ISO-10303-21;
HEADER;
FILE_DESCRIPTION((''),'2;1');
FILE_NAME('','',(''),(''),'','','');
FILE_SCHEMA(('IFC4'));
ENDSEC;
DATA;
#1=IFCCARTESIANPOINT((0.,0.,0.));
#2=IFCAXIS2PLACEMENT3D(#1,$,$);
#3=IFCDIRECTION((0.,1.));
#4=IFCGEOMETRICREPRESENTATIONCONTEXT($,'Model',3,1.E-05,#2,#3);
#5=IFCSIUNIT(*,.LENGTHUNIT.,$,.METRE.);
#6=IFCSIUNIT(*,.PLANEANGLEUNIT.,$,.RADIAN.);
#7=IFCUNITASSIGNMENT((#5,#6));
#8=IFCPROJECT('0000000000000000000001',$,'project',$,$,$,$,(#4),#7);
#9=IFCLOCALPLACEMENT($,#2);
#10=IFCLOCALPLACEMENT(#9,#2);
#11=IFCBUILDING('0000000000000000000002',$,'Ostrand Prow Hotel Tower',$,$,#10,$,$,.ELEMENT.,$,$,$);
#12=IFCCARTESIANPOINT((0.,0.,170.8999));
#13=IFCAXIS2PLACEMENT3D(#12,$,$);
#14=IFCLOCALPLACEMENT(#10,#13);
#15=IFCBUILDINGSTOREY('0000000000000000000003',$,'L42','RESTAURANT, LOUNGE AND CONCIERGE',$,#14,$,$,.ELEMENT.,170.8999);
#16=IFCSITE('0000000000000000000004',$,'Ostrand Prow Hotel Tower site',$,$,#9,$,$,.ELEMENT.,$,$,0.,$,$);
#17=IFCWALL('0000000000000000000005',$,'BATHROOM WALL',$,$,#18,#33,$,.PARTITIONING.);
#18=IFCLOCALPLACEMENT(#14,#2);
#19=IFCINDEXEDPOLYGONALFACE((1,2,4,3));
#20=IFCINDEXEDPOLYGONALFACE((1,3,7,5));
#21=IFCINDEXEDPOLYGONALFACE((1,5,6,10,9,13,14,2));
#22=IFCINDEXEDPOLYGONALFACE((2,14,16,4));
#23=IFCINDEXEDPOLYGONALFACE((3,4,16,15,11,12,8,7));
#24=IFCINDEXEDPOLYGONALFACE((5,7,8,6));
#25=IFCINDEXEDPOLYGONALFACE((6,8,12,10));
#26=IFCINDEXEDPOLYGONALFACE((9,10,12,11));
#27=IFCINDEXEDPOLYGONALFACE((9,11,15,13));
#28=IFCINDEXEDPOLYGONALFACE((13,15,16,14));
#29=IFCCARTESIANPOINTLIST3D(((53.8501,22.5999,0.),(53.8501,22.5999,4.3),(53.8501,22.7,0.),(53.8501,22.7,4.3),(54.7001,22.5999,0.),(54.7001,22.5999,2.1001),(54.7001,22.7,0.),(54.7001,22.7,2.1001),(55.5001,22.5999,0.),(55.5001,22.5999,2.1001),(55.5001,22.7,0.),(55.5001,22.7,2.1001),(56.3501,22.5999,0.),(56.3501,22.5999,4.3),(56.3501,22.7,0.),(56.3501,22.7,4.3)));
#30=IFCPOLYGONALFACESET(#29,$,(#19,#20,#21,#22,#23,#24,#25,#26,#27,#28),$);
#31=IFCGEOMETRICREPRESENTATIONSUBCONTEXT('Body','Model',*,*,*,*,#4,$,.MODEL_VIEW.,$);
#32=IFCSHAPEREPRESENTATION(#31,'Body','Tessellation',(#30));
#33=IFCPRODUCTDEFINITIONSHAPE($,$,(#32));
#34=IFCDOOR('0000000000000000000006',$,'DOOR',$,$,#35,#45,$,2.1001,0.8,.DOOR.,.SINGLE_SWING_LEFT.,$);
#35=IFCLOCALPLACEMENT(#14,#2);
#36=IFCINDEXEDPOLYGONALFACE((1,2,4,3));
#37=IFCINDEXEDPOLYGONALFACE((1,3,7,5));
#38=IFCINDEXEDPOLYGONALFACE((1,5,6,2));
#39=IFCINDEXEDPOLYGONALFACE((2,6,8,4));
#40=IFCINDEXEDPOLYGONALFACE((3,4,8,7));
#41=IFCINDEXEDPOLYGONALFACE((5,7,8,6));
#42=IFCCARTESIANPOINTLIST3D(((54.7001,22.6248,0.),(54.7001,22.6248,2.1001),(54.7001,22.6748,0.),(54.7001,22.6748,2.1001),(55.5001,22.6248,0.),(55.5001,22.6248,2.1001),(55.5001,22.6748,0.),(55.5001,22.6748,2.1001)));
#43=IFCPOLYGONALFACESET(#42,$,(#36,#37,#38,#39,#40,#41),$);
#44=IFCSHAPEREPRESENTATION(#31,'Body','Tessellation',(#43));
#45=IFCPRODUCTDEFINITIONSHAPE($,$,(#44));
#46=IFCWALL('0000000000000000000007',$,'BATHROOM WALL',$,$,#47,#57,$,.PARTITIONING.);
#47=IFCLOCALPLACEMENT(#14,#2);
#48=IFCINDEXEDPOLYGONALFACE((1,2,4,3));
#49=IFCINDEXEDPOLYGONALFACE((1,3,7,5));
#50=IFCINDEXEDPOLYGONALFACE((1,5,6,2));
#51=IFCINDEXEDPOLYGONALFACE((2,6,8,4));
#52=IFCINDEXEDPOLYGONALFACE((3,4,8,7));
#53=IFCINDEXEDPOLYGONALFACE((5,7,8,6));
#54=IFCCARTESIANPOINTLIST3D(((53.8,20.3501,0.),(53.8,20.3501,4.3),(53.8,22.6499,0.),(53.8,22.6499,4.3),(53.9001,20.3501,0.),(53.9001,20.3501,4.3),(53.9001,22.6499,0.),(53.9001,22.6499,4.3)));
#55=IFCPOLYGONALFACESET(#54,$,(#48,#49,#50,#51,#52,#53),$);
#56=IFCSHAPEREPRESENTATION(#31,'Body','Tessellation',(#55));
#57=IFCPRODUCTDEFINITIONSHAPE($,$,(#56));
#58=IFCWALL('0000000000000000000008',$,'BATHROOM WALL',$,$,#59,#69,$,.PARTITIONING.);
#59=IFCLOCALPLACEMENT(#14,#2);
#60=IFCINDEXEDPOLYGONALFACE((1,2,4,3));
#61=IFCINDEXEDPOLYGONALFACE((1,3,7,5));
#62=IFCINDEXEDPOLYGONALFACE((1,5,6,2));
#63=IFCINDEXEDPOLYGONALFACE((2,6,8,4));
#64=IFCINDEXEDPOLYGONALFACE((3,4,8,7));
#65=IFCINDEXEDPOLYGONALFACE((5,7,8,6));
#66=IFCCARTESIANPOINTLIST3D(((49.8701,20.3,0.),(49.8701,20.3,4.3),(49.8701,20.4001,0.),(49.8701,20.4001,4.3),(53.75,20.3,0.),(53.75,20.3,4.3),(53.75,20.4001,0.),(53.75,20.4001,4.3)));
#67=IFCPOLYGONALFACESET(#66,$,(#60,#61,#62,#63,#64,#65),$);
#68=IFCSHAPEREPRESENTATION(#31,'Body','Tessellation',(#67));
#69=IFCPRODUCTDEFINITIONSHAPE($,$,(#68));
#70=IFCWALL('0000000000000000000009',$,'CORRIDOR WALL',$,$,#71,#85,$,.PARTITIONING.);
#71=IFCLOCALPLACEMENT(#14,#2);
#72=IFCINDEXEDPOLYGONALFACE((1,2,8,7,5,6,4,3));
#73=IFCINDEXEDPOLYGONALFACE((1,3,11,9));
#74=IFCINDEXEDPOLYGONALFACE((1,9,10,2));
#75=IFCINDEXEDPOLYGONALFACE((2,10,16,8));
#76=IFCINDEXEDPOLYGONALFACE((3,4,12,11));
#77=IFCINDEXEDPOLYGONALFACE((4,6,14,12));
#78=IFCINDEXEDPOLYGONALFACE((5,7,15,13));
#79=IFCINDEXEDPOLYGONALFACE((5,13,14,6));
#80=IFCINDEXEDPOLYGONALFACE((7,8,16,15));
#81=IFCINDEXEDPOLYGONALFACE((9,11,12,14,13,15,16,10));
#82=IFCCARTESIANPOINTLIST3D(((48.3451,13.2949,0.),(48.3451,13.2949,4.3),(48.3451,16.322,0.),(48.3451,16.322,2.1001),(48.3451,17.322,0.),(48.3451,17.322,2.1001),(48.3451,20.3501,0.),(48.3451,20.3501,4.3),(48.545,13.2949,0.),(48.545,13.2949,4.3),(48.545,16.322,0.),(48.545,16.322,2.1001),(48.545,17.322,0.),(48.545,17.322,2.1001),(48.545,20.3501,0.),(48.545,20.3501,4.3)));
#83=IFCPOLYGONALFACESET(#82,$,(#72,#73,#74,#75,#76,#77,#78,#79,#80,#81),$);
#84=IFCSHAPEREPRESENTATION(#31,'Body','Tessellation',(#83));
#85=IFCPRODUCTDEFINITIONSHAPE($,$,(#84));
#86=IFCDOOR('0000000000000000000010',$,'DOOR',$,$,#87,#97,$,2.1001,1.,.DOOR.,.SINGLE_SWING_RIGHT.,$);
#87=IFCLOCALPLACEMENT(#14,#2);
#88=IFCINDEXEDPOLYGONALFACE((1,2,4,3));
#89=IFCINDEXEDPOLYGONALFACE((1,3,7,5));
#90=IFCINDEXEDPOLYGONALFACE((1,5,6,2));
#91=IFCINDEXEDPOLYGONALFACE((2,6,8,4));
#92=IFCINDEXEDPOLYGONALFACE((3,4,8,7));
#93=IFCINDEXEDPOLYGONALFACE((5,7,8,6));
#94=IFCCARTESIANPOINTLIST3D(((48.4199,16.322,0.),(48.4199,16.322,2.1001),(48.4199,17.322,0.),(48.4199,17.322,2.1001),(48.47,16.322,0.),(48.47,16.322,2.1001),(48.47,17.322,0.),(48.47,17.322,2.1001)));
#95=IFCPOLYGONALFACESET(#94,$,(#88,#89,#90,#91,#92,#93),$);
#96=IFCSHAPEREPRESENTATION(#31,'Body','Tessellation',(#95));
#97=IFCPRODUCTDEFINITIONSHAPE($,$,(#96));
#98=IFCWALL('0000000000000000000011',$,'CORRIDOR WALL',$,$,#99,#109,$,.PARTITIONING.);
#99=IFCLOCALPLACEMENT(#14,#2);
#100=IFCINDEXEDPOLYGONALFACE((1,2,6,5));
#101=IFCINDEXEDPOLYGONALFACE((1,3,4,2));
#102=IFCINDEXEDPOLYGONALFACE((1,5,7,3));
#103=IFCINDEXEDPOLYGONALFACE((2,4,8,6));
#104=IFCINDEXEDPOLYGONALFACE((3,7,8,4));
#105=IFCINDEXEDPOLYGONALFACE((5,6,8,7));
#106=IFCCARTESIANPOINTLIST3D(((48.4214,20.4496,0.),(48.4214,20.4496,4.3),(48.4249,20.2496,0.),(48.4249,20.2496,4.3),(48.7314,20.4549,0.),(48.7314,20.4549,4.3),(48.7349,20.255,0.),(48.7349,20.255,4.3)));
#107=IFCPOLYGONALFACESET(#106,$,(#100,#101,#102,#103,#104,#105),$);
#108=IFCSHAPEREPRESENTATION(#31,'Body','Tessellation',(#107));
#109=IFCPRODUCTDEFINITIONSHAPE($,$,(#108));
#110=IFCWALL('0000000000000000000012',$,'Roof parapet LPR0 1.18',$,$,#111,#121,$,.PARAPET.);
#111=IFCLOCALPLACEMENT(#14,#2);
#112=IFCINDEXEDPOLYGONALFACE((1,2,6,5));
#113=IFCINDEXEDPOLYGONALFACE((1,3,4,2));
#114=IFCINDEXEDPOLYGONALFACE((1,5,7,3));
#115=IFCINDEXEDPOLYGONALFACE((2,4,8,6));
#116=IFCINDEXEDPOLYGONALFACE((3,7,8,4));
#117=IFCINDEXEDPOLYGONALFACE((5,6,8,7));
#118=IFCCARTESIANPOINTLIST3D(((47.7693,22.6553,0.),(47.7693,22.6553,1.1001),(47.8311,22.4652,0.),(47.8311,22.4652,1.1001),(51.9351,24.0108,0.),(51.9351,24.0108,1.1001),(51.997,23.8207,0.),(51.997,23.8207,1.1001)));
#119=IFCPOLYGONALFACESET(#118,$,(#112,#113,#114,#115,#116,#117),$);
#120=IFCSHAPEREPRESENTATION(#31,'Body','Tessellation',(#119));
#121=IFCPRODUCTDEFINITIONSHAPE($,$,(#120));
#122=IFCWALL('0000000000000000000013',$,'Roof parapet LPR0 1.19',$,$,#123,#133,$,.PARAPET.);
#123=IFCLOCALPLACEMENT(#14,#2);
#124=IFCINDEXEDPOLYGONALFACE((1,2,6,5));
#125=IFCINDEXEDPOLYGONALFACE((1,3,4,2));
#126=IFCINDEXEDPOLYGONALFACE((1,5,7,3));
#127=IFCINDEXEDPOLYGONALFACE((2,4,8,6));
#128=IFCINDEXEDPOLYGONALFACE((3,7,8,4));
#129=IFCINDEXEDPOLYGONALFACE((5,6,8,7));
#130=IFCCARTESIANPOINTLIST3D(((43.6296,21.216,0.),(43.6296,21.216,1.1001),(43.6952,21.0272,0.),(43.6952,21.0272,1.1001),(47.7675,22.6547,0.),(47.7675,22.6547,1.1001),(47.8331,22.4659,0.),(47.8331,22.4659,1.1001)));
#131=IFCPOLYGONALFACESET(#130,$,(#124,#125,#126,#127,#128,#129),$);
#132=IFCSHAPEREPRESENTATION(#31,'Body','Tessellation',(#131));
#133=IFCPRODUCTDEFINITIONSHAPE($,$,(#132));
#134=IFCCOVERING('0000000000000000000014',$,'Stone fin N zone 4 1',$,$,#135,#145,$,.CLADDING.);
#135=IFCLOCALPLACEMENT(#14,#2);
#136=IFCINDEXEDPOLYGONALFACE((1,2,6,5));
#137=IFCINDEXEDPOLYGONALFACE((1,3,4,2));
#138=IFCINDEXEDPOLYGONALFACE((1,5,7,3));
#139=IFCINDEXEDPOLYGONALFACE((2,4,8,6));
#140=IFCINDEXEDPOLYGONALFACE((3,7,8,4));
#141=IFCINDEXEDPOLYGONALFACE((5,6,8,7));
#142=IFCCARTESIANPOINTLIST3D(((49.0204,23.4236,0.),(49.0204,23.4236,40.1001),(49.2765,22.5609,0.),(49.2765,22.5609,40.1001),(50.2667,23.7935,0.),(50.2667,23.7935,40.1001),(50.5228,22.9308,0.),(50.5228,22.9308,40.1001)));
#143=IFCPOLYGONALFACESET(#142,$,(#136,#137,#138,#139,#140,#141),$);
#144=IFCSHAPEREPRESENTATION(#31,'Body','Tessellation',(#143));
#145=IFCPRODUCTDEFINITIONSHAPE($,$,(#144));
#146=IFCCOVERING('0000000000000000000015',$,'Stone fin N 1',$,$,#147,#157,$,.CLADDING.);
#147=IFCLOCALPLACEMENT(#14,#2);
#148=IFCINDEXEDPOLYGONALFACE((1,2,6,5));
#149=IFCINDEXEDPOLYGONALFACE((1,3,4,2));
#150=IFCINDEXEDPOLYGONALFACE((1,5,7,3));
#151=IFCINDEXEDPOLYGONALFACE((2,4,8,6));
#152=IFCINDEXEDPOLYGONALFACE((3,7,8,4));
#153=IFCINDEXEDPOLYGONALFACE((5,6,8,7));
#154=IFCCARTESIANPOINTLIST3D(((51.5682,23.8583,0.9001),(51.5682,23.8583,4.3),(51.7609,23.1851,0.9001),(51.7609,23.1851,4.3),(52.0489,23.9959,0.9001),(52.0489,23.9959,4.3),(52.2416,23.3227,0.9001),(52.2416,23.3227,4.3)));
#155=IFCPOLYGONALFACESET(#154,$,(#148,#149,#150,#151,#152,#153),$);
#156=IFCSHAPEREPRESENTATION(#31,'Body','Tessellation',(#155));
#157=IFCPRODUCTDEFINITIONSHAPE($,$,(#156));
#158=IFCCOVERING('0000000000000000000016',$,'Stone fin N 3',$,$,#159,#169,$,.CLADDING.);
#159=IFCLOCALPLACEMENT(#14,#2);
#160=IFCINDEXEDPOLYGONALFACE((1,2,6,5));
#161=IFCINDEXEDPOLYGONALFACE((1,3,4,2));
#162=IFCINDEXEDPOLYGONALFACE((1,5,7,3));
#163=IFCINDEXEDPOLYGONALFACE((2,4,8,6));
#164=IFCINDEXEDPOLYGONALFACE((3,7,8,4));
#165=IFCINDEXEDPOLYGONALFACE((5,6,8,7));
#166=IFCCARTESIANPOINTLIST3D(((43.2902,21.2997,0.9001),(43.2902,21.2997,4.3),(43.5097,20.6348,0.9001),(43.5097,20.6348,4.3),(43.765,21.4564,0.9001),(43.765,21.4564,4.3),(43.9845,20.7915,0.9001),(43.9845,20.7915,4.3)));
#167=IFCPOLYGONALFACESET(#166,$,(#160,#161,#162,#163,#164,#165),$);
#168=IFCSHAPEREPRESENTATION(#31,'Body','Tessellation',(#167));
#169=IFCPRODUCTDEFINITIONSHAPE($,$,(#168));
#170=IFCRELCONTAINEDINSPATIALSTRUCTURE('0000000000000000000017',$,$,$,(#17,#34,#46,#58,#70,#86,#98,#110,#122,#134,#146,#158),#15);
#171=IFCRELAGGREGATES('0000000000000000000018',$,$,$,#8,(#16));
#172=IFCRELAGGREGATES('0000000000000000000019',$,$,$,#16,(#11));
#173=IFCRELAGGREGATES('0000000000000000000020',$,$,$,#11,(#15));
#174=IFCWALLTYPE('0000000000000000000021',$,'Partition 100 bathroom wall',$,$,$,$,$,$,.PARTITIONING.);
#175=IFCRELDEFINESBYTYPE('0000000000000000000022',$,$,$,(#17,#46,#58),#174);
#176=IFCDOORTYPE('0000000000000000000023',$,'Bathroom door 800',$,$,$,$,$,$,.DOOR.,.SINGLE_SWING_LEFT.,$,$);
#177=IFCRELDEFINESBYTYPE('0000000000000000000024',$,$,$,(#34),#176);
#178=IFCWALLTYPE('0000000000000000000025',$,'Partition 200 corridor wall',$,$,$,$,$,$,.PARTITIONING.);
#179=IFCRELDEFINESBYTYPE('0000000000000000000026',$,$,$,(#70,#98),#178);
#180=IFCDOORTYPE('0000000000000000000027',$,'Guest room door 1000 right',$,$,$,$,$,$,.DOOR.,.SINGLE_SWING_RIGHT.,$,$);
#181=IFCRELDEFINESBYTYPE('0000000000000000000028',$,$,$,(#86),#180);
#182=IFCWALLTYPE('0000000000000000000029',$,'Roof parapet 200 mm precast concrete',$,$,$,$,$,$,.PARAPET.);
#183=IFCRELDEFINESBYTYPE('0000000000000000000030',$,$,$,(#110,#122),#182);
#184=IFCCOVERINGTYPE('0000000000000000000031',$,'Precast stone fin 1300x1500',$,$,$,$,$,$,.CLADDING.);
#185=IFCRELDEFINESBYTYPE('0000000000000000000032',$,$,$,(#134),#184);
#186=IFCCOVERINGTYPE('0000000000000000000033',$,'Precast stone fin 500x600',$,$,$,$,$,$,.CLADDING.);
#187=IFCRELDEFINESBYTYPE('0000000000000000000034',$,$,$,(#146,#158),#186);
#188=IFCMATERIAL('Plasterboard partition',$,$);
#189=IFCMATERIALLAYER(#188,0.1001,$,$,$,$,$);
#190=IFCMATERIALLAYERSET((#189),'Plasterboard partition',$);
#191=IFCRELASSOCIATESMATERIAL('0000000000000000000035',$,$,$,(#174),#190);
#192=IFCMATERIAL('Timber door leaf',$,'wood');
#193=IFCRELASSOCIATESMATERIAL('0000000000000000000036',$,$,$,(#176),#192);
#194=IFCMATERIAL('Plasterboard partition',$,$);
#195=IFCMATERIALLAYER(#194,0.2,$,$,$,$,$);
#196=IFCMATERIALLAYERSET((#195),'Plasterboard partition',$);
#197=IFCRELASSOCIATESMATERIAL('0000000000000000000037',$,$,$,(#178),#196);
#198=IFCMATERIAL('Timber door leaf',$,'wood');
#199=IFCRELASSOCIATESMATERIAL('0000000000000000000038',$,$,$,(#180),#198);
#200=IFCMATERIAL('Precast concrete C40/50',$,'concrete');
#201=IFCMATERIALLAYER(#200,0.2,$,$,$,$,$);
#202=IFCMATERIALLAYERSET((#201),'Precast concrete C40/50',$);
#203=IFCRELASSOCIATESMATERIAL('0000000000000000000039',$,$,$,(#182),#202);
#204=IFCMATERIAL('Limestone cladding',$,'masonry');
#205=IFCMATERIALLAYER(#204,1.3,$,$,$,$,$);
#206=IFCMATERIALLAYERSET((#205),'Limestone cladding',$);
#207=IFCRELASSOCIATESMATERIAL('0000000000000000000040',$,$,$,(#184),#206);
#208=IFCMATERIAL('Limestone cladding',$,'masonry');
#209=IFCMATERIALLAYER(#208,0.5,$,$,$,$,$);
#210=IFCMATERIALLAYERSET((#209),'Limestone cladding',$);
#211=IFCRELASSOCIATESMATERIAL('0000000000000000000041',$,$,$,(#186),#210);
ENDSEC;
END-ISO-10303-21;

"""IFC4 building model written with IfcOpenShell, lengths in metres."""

from ifc_helpers import new_model, si_unit, direction, frame, frame_2d, origin, place, context, subcontext, project, spatial, rectangle, extrude, material, layer, layer_set, type_object, element, fill, save


model = new_model("IFC4")

# Units and contexts
model_context = context("Model", 3, precision=1e-05, world=origin(), true_north=direction((0.0, 1.0)))
body_context = subcontext(model_context, "Body", "Model", "MODEL_VIEW")
ifc_project = project(units=[si_unit("LENGTHUNIT", "METRE"), si_unit("PLANEANGLEUNIT", "RADIAN")], contexts=[model_context])

# Site, building, storey
site_placement = place(None, origin())
site = spatial("IfcSite", under=ifc_project, at=site_placement, Name="Ostrand Prow Hotel Tower site", CompositionType="ELEMENT", RefElevation=0.0)
building_placement = place(site_placement, origin())
building = spatial("IfcBuilding", under=site, at=building_placement, Name="Ostrand Prow Hotel Tower", CompositionType="ELEMENT")
storey_placement = place(building_placement, frame((0.0, 0.0, 170.8999)))
storey = spatial("IfcBuildingStorey", under=building, at=storey_placement, Name="L42", Description="RESTAURANT, LOUNGE AND CONCIERGE", CompositionType="ELEMENT", Elevation=170.8999)

# Wall, opening, door
ifc_material_1 = material(Name="Plasterboard partition")
ifc_layer_1 = layer(ifc_material_1, 0.1001)
ifc_layer_set_1 = layer_set([ifc_layer_1], Name="Plasterboard partition")
wall_type_1 = type_object("IfcWallType", Name="Partition 100 bathroom wall", PredefinedType="PARTITIONING", material=ifc_layer_set_1)
wall_1_placement = place(storey_placement, frame((53.8501, 22.6499, 0.0), z_axis=(0.0, 0.0, 1.0), x_axis=(1.0, 0.0, 0.0)))
wall_1 = element("IfcWall", 1, at=wall_1_placement, inside=storey, type_object=wall_type_1, Name="BATHROOM WALL", PredefinedType="PARTITIONING", context=body_context, shape_type="SweptSolid", body=[
    extrude(rectangle(XDim=2.5, YDim=0.1001, at=frame_2d((1.25, 0.0))), origin(), (0.0, 0.0, 1.0), 4.3),
])
opening_1_placement = place(wall_1_placement, frame((0.8501, 0.0, 0.0)))
opening_1 = element("IfcOpeningElement", 2, at=opening_1_placement, cuts=wall_1, PredefinedType="OPENING", context=body_context, shape_type="SweptSolid", body=[
    extrude(rectangle(XDim=0.8, YDim=2.1001, at=frame_2d((0.3999, 1.05))), frame((0.0, 0.0601, 0.0), z_axis=(0.0, -1.0, 0.0), x_axis=(1.0, 0.0, 0.0)), (0.0, 0.0, 1.0), 0.1201),
])
ifc_material_2 = material(Name="Timber door leaf", Category="wood")
door_type_1 = type_object("IfcDoorType", Name="Bathroom door 800", OperationType="SINGLE_SWING_LEFT", PredefinedType="DOOR", material=ifc_material_2)
door_1_placement = place(opening_1_placement, origin())
door_1 = element("IfcDoor", 3, at=door_1_placement, inside=storey, type_object=door_type_1, Name="DOOR", OperationType="SINGLE_SWING_LEFT", OverallHeight=2.1001, OverallWidth=0.8, PredefinedType="DOOR", context=body_context, shape_type="SweptSolid", body=[
    extrude(rectangle(XDim=0.8, YDim=2.1001, at=frame_2d((0.3999, 1.05))), frame((0.0, 0.0249, 0.0), z_axis=(0.0, -1.0, 0.0), x_axis=(1.0, 0.0, 0.0)), (0.0, 0.0, 1.0), 0.05),
])
fill(opening_1, door_1)

# Walls
wall_2_placement = place(storey_placement, frame((53.8501, 20.3501, 0.0), z_axis=(0.0, 0.0, 1.0), x_axis=(0.0, 1.0, 0.0)))
element("IfcWall", 4, at=wall_2_placement, inside=storey, type_object=wall_type_1, Name="BATHROOM WALL", PredefinedType="PARTITIONING", context=body_context, shape_type="SweptSolid", body=[
    extrude(rectangle(XDim=2.2998, YDim=0.1001, at=frame_2d((1.1499, 0.0))), origin(), (0.0, 0.0, 1.0), 4.3),
])
wall_3_placement = place(storey_placement, frame((49.8701, 20.3501, 0.0), z_axis=(0.0, 0.0, 1.0), x_axis=(1.0, 0.0, 0.0)))
element("IfcWall", 5, at=wall_3_placement, inside=storey, type_object=wall_type_1, Name="BATHROOM WALL", PredefinedType="PARTITIONING", context=body_context, shape_type="SweptSolid", body=[
    extrude(rectangle(XDim=3.8799, YDim=0.1001, at=frame_2d((1.9399, 0.0))), origin(), (0.0, 0.0, 1.0), 4.3),
])

# Wall, opening, door
ifc_material_3 = material(Name="Plasterboard partition")
ifc_layer_2 = layer(ifc_material_3, 0.2)
ifc_layer_set_2 = layer_set([ifc_layer_2], Name="Plasterboard partition")
wall_type_2 = type_object("IfcWallType", Name="Partition 200 corridor wall", PredefinedType="PARTITIONING", material=ifc_layer_set_2)
wall_4_placement = place(storey_placement, frame((48.4451, 20.3501, 0.0), z_axis=(0.0, 0.0, 1.0), x_axis=(0.0, -1.0, 0.0)))
wall_4 = element("IfcWall", 6, at=wall_4_placement, inside=storey, type_object=wall_type_2, Name="CORRIDOR WALL", PredefinedType="PARTITIONING", context=body_context, shape_type="SweptSolid", body=[
    extrude(rectangle(XDim=7.0552, YDim=0.2, at=frame_2d((3.5276, 0.0))), origin(), (0.0, 0.0, 1.0), 4.3),
])
opening_2_placement = place(wall_4_placement, frame((3.0281, 0.0, 0.0)))
opening_2 = element("IfcOpeningElement", 7, at=opening_2_placement, cuts=wall_4, PredefinedType="OPENING", context=body_context, shape_type="SweptSolid", body=[
    extrude(rectangle(XDim=1.0, YDim=2.1001, at=frame_2d((0.5, 1.05))), frame((0.0, 0.1099, 0.0), z_axis=(0.0, -1.0, 0.0), x_axis=(1.0, 0.0, 0.0)), (0.0, 0.0, 1.0), 0.22),
])
ifc_material_4 = material(Name="Timber door leaf", Category="wood")
door_type_2 = type_object("IfcDoorType", Name="Guest room door 1000 right", OperationType="SINGLE_SWING_RIGHT", PredefinedType="DOOR", material=ifc_material_4)
door_2_placement = place(opening_2_placement, origin())
door_2 = element("IfcDoor", 8, at=door_2_placement, inside=storey, type_object=door_type_2, Name="DOOR", OperationType="SINGLE_SWING_RIGHT", OverallHeight=2.1001, OverallWidth=1.0, PredefinedType="DOOR", context=body_context, shape_type="SweptSolid", body=[
    extrude(rectangle(XDim=1.0, YDim=2.1001, at=frame_2d((0.5, 1.05))), frame((0.0, 0.0249, 0.0), z_axis=(0.0, -1.0, 0.0), x_axis=(1.0, 0.0, 0.0)), (0.0, 0.0, 1.0), 0.05),
])
fill(opening_2, door_2)

# Walls
wall_5_placement = place(storey_placement, frame((48.7332, 20.355, 0.0), z_axis=(0.0, 0.0, 1.0), x_axis=(-0.99985, -0.01732, 0.0)))
element("IfcWall", 9, at=wall_5_placement, inside=storey, type_object=wall_type_2, Name="CORRIDOR WALL", PredefinedType="PARTITIONING", context=body_context, shape_type="SweptSolid", body=[
    extrude(rectangle(XDim=0.3101, YDim=0.2, at=frame_2d((0.155, 0.0))), origin(), (0.0, 0.0, 1.0), 4.3),
])
ifc_material_5 = material(Name="Precast concrete C40/50", Category="concrete")
ifc_layer_3 = layer(ifc_material_5, 0.2)
ifc_layer_set_3 = layer_set([ifc_layer_3], Name="Precast concrete C40/50")
wall_type_3 = type_object("IfcWallType", Name="Roof parapet 200 mm precast concrete", PredefinedType="PARAPET", material=ifc_layer_set_3)
for number, where, z_axis, x_axis, name in (
    (10, (51.9661, 23.9158, 0.0), (0.0, 0.0, 1.0), (-0.950927, -0.309415, 0.0), "Roof parapet LPR0 1.18"),
    (11, (47.8003, 22.5603, 0.0), (0.0, 0.0, 1.0), (-0.944537, -0.328406, 0.0), "Roof parapet LPR0 1.19"),
):
    element("IfcWall", number, at=place(storey_placement, frame(where, z_axis=z_axis, x_axis=x_axis)), inside=storey, type_object=wall_type_3, Name=name, PredefinedType="PARAPET", context=body_context, shape_type="SweptSolid", body=[
        extrude(rectangle(XDim=4.3809, YDim=0.2, at=frame_2d((2.1904, 0.0))), origin(), (0.0, 0.0, 1.0), 1.1001),
    ])

# Coverings
ifc_material_6 = material(Name="Limestone cladding", Category="masonry")
ifc_layer_4 = layer(ifc_material_6, 1.3)
ifc_layer_set_4 = layer_set([ifc_layer_4], Name="Limestone cladding")
covering_type_1 = type_object("IfcCoveringType", Name="Precast stone fin 1300x1500", PredefinedType="CLADDING", material=ifc_layer_set_4)
covering_placement = place(storey_placement, frame((49.8997, 22.7458, 0.0), z_axis=(0.0, 0.0, 1.0), x_axis=(-0.284559, 0.958658, 0.0)))
element("IfcCovering", 12, at=covering_placement, inside=storey, type_object=covering_type_1, Name="Stone fin N zone 4 1", PredefinedType="CLADDING", context=body_context, shape_type="SweptSolid", body=[
    extrude(rectangle(XDim=0.8999, YDim=1.3, at=frame_2d((0.45, 0.0))), origin(), (0.0, 0.0, 1.0), 40.1001),
])
ifc_material_7 = material(Name="Limestone cladding", Category="masonry")
ifc_layer_5 = layer(ifc_material_7, 0.5)
ifc_layer_set_5 = layer_set([ifc_layer_5], Name="Limestone cladding")
covering_type_2 = type_object("IfcCoveringType", Name="Precast stone fin 500x600", PredefinedType="CLADDING", material=ifc_layer_set_5)
for number, where, z_axis, x_axis, name in (
    (13, (52.0012, 23.2539, 0.9001), (0.0, 0.0, 1.0), (-0.275136, 0.961405, 0.0), "Stone fin N 1"),
    (14, (43.7471, 20.7131, 0.9001), (0.0, 0.0, 1.0), (-0.313506, 0.949586, 0.0), "Stone fin N 3"),
):
    element("IfcCovering", number, at=place(storey_placement, frame(where, z_axis=z_axis, x_axis=x_axis)), inside=storey, type_object=covering_type_2, Name=name, PredefinedType="CLADDING", context=body_context, shape_type="SweptSolid", body=[
        extrude(rectangle(XDim=0.7002, YDim=0.5, at=frame_2d((0.3501, 0.0))), origin(), (0.0, 0.0, 1.0), 3.3999),
    ])

save(model, "model.ifc")
